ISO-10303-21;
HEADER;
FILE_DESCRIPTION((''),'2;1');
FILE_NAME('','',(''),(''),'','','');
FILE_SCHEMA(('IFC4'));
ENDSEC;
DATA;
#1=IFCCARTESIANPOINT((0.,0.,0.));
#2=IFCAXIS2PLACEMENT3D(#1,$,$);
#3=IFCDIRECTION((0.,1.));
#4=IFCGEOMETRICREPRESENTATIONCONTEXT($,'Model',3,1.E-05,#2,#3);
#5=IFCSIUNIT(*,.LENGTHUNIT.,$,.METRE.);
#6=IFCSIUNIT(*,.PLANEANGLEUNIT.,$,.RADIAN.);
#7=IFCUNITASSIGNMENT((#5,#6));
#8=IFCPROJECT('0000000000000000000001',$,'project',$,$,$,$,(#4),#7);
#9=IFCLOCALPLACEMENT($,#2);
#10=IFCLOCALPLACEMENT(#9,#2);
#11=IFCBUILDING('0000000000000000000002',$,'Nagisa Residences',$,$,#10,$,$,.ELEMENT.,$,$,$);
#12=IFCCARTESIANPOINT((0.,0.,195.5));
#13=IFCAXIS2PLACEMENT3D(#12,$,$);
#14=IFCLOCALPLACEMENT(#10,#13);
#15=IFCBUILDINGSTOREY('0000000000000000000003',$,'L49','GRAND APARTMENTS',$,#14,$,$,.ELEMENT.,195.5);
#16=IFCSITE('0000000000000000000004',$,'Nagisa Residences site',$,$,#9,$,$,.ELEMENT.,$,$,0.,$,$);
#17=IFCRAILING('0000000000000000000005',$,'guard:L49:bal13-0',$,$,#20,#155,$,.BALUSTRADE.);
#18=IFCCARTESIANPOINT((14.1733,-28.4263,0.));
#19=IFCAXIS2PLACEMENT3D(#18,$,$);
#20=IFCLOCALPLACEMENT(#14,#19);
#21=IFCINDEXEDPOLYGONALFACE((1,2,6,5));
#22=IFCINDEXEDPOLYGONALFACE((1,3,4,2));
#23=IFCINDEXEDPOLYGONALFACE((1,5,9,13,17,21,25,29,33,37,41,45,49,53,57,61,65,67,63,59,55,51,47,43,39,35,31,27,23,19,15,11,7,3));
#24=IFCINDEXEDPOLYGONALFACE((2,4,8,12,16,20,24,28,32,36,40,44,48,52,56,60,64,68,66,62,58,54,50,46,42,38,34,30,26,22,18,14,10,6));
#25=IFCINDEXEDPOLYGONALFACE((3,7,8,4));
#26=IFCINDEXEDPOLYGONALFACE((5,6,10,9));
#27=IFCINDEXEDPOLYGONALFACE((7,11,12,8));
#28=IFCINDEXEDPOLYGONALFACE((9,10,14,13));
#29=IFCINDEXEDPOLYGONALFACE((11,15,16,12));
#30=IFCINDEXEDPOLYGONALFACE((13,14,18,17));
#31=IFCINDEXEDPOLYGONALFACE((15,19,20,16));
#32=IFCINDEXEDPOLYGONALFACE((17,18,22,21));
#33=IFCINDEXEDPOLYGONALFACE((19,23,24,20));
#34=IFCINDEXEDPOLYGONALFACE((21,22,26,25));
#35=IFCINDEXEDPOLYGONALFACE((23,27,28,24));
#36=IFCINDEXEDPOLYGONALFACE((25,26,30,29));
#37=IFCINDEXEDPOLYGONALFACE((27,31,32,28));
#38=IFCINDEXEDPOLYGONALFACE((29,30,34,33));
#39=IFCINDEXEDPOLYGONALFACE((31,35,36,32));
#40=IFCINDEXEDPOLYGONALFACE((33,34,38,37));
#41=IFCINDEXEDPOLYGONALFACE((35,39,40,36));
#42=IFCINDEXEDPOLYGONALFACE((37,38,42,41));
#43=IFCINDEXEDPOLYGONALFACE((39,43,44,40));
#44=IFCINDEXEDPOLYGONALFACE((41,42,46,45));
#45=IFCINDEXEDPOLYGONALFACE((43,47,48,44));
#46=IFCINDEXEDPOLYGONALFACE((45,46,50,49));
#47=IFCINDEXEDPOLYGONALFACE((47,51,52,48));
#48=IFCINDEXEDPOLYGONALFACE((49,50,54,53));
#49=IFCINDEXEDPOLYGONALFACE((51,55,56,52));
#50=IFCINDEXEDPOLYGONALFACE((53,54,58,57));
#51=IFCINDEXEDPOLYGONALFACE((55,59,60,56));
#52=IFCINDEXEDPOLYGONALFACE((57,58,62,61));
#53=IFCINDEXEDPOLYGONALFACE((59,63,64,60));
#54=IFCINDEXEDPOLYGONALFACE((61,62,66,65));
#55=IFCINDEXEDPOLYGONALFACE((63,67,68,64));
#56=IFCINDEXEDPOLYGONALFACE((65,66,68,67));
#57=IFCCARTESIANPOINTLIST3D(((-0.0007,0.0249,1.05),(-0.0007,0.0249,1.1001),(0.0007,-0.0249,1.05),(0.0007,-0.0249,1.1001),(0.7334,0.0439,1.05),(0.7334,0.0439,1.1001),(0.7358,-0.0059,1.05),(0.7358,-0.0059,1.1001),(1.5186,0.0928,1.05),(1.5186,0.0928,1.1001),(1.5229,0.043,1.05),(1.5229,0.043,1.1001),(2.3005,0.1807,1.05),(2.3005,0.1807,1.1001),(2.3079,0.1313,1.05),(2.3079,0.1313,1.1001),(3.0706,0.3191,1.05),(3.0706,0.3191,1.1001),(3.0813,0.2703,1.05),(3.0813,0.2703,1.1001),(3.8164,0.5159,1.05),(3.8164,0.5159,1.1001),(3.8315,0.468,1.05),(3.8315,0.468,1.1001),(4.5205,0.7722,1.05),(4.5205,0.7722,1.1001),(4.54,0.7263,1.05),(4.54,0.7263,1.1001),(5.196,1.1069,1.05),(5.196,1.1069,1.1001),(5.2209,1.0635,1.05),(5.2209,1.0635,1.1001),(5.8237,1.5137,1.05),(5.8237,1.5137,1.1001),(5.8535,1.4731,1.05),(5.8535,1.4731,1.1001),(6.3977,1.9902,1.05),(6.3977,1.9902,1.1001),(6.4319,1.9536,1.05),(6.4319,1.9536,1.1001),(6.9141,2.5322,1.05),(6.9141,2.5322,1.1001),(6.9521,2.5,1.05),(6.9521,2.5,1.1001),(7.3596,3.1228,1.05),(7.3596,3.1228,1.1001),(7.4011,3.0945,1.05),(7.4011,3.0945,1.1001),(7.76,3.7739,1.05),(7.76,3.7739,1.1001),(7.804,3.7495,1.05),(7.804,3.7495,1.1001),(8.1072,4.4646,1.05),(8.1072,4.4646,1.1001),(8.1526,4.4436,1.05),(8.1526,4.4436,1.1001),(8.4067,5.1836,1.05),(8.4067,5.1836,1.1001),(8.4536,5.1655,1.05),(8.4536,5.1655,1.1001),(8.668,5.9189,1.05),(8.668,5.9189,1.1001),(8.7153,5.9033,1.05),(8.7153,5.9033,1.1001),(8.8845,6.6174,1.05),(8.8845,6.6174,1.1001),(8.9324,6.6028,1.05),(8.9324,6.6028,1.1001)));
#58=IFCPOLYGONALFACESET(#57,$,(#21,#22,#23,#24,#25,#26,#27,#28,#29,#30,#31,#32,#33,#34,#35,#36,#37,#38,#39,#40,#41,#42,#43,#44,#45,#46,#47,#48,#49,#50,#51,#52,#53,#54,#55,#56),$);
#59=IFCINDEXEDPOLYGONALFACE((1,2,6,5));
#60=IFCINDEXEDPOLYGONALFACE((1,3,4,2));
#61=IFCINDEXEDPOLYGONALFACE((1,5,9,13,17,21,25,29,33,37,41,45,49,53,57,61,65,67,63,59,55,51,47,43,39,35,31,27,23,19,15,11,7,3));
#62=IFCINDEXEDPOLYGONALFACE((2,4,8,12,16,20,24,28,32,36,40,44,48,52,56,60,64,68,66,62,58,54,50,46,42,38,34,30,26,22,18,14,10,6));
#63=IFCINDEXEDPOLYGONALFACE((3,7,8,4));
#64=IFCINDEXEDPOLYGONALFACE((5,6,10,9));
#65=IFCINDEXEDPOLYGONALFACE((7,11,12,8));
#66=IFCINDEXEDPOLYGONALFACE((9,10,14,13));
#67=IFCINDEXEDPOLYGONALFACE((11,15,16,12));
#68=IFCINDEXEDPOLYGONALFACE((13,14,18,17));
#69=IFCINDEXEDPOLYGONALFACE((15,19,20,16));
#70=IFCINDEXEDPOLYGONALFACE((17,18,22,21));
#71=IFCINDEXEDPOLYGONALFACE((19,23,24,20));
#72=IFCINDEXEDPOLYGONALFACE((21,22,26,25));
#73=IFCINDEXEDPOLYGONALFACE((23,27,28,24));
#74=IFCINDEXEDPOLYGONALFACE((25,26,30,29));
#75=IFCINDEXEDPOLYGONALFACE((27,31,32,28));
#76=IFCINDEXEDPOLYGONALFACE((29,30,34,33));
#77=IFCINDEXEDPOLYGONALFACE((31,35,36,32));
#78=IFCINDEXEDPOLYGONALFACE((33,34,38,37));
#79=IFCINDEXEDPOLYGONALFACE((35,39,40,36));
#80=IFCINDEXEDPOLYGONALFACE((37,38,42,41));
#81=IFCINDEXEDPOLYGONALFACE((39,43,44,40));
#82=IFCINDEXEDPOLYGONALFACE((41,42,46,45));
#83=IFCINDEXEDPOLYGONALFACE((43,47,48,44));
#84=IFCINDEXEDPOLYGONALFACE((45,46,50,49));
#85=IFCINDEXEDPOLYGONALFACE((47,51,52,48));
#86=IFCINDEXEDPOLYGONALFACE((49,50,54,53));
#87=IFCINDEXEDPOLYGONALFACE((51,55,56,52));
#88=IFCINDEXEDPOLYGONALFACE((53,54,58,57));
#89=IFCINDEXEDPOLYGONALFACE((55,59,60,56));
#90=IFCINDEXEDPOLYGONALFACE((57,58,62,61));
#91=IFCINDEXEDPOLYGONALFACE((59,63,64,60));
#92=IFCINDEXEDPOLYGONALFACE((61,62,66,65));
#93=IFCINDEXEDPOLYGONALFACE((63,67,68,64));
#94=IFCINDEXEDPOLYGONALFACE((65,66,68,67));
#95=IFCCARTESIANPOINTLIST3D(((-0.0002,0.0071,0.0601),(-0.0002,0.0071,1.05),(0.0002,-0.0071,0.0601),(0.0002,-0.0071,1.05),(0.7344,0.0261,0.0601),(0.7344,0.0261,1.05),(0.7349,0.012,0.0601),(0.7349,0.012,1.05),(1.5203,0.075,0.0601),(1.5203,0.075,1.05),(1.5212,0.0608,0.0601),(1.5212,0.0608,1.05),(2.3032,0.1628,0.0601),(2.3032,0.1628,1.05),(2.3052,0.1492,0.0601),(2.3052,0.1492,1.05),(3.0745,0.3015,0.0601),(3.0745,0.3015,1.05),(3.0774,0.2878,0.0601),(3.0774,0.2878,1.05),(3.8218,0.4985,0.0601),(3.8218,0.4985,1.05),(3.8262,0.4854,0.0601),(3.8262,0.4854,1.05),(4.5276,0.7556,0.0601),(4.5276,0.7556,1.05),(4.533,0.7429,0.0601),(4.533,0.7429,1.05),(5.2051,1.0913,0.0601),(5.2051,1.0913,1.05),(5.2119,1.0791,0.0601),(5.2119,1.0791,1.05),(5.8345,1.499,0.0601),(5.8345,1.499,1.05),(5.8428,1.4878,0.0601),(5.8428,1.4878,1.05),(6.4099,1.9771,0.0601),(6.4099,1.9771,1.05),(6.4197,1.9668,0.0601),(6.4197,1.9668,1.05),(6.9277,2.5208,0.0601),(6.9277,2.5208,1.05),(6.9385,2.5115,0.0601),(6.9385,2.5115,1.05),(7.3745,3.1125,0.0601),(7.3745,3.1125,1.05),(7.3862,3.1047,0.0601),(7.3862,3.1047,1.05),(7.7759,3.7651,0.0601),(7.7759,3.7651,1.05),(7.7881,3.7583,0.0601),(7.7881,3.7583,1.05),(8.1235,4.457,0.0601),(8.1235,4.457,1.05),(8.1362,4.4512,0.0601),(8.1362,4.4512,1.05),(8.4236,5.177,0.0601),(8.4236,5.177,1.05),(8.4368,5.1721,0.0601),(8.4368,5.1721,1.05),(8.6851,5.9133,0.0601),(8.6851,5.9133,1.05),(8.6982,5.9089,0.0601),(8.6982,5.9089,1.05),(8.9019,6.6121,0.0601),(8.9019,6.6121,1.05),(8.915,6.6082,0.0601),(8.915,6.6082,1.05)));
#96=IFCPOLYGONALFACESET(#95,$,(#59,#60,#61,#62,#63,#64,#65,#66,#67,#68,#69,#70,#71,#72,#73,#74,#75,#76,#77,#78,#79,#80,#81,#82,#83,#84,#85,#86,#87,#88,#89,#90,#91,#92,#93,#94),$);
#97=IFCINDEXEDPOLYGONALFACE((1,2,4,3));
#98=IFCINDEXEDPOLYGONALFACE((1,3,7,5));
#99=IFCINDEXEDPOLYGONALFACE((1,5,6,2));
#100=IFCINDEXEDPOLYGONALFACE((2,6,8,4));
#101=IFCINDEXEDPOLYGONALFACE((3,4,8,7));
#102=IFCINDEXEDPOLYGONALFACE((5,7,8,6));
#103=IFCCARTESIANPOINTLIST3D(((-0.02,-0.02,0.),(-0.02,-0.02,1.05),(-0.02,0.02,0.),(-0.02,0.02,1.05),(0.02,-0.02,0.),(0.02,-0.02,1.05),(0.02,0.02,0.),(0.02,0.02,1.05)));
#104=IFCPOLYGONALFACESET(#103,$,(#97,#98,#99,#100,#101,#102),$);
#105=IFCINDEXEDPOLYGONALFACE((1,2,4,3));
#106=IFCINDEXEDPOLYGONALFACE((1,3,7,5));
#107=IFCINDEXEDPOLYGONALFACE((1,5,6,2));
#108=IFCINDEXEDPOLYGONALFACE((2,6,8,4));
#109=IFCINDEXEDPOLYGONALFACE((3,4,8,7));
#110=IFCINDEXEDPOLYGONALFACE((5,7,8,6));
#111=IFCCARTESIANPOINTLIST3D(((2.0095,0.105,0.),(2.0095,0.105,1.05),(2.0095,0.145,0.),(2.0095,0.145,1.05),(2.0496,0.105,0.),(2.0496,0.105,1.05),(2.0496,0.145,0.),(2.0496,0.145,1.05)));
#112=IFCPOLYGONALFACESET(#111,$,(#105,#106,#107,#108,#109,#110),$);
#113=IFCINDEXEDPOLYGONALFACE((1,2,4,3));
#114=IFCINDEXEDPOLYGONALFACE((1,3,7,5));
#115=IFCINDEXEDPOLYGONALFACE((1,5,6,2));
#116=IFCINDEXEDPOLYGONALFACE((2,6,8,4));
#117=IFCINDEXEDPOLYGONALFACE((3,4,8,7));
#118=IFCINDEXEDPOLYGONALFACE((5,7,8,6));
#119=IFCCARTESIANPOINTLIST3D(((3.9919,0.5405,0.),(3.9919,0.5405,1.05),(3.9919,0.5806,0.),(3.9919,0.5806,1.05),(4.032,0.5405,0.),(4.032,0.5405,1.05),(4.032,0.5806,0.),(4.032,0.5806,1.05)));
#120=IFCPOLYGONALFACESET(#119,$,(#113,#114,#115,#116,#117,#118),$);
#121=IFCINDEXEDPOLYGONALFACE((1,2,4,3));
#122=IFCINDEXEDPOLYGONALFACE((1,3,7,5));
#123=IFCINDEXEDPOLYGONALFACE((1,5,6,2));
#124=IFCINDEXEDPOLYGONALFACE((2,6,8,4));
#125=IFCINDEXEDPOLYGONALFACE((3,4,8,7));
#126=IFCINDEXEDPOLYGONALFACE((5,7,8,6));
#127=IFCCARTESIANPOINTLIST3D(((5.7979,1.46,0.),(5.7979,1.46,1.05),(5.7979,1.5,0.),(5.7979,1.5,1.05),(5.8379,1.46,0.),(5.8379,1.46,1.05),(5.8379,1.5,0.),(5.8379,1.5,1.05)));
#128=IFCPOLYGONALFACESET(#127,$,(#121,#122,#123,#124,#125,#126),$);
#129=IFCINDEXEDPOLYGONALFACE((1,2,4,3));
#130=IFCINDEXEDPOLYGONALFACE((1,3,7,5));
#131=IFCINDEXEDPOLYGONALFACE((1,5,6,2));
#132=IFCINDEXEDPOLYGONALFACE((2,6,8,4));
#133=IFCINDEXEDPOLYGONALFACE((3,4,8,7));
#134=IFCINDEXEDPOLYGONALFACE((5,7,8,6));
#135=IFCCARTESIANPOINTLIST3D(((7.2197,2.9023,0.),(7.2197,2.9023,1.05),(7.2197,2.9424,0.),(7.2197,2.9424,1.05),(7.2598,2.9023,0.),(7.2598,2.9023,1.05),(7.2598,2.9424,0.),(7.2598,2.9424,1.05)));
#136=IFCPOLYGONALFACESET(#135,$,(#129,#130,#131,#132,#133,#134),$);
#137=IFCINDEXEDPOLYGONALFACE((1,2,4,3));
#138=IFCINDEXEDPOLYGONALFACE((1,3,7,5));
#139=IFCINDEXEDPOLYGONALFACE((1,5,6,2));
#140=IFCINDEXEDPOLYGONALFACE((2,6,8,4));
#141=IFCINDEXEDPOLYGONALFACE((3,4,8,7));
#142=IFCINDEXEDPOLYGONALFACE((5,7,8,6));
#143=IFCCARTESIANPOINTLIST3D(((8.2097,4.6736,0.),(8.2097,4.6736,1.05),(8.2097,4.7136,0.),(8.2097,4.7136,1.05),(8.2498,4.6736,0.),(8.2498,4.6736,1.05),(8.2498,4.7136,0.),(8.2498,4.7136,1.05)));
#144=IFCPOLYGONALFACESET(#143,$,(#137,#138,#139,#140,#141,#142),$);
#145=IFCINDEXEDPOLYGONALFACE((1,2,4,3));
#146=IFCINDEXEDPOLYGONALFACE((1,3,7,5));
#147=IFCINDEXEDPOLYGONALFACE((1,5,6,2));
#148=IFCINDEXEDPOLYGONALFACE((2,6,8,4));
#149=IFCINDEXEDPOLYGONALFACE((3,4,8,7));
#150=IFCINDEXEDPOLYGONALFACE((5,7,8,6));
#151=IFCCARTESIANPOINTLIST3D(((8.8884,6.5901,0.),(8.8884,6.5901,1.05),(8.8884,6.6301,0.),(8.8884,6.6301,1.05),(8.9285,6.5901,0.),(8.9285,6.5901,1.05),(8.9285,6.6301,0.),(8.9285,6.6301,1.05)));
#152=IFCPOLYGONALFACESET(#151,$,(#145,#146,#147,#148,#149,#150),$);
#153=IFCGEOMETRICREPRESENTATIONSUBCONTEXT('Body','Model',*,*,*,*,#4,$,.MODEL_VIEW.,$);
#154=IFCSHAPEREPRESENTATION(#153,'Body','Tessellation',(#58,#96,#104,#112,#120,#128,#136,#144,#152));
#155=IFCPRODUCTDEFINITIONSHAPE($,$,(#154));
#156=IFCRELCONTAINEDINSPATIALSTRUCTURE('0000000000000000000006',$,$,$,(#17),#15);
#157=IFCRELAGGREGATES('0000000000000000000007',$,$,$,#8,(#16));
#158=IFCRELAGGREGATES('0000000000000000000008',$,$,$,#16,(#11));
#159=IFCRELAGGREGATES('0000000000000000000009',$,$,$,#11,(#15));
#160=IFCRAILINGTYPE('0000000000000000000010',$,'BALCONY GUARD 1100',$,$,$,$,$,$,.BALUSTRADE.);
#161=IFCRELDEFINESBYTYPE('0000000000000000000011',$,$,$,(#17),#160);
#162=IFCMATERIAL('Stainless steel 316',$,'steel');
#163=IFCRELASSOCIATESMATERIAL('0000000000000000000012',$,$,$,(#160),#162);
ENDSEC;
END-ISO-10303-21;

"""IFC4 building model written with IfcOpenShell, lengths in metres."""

from ifc_helpers import new_model, si_unit, direction, frame, origin, origin_2d, place, context, subcontext, project, spatial, polyline, rectangle, outline, extrude, material, type_object, element, save


model = new_model("IFC4")

# Units and contexts
model_context = context("Model", 3, precision=1e-05, world=origin(), true_north=direction((0.0, 1.0)))
body_context = subcontext(model_context, "Body", "Model", "MODEL_VIEW")
ifc_project = project(units=[si_unit("LENGTHUNIT", "METRE"), si_unit("PLANEANGLEUNIT", "RADIAN")], contexts=[model_context])

# Site, building, storey
site_placement = place(None, origin())
site = spatial("IfcSite", under=ifc_project, at=site_placement, Name="Nagisa Residences site", CompositionType="ELEMENT", RefElevation=0.0)
building_placement = place(site_placement, origin())
building = spatial("IfcBuilding", under=site, at=building_placement, Name="Nagisa Residences", CompositionType="ELEMENT")
storey_placement = place(building_placement, frame((0.0, 0.0, 195.5)))
storey = spatial("IfcBuildingStorey", under=building, at=storey_placement, Name="L49", Description="GRAND APARTMENTS", CompositionType="ELEMENT", Elevation=195.5)

# Railing
ifc_material_1 = material(Name="Stainless steel 316", Category="steel")
railing_type = type_object("IfcRailingType", Name="BALCONY GUARD 1100", PredefinedType="BALUSTRADE", material=ifc_material_1)
railing_1_placement = place(storey_placement, frame((14.1733, -28.4263, 0.0)))
element("IfcRailing", 1, at=railing_1_placement, inside=storey, type_object=railing_type, Name="guard:L49:bal13-0", PredefinedType="BALUSTRADE", context=body_context, shape_type="SweptSolid", body=[
    extrude(outline(polyline([(0.7334, 0.0439), (-0.0007, 0.0249), (0.0007, -0.0249), (0.7358, -0.0059), (1.5229, 0.043), (2.3079, 0.1313), (3.0813, 0.2703), (3.8315, 0.468), (4.54, 0.7263), (5.2209, 1.0635), (5.8535, 1.4731), (6.4319, 1.9536), (6.9521, 2.5), (7.4011, 3.0945), (7.804, 3.7495), (8.1526, 4.4436), (8.4536, 5.1655), (8.7153, 5.9033), (8.9324, 6.6028), (8.8845, 6.6174), (8.668, 5.9189), (8.4067, 5.1836), (8.1072, 4.4646), (7.76, 3.7739), (7.3596, 3.1228), (6.9141, 2.5322), (6.3977, 1.9902), (5.8237, 1.5137), (5.196, 1.1069), (4.5205, 0.7722), (3.8164, 0.5159), (3.0706, 0.3191), (2.3005, 0.1807), (1.5186, 0.0928), (0.7334, 0.0439)])), frame((0.0, 0.0, 1.05)), (0.0, 0.0, 1.0), 0.05),
    extrude(outline(polyline([(0.7344, 0.0261), (-0.0002, 0.0071), (0.0002, -0.0071), (0.7349, 0.012), (1.5212, 0.0608), (2.3052, 0.1492), (3.0774, 0.2878), (3.8262, 0.4854), (4.533, 0.7429), (5.2119, 1.0791), (5.8428, 1.4878), (6.4197, 1.9668), (6.9385, 2.5115), (7.3862, 3.1047), (7.7881, 3.7583), (8.1362, 4.4512), (8.4368, 5.1721), (8.6982, 5.9089), (8.915, 6.6082), (8.9019, 6.6121), (8.6851, 5.9133), (8.4236, 5.177), (8.1235, 4.457), (7.7759, 3.7651), (7.3745, 3.1125), (6.9277, 2.5208), (6.4099, 1.9771), (5.8345, 1.499), (5.2051, 1.0913), (4.5276, 0.7556), (3.8218, 0.4985), (3.0745, 0.3015), (2.3032, 0.1628), (1.5203, 0.075), (0.7344, 0.0261)])), frame((0.0, 0.0, 0.0601)), (0.0, 0.0, 1.0), 0.99),
    extrude(rectangle(XDim=0.04, YDim=0.04, at=origin_2d()), origin(), (0.0, 0.0, 1.0), 1.05),
    extrude(rectangle(XDim=0.04, YDim=0.04, at=origin_2d()), frame((2.0295, 0.125, 0.0)), (0.0, 0.0, 1.0), 1.05),
    extrude(rectangle(XDim=0.04, YDim=0.04, at=origin_2d()), frame((4.012, 0.5605, 0.0)), (0.0, 0.0, 1.0), 1.05),
    extrude(rectangle(XDim=0.04, YDim=0.04, at=origin_2d()), frame((5.8179, 1.48, 0.0)), (0.0, 0.0, 1.0), 1.05),
    extrude(rectangle(XDim=0.04, YDim=0.04, at=origin_2d()), frame((7.2397, 2.9224, 0.0)), (0.0, 0.0, 1.0), 1.05),
    extrude(rectangle(XDim=0.04, YDim=0.04, at=origin_2d()), frame((8.2297, 4.6936, 0.0)), (0.0, 0.0, 1.0), 1.05),
    extrude(rectangle(XDim=0.04, YDim=0.04, at=origin_2d()), frame((8.9084, 6.6101, 0.0)), (0.0, 0.0, 1.0), 1.05),
])

save(model, "model.ifc")
